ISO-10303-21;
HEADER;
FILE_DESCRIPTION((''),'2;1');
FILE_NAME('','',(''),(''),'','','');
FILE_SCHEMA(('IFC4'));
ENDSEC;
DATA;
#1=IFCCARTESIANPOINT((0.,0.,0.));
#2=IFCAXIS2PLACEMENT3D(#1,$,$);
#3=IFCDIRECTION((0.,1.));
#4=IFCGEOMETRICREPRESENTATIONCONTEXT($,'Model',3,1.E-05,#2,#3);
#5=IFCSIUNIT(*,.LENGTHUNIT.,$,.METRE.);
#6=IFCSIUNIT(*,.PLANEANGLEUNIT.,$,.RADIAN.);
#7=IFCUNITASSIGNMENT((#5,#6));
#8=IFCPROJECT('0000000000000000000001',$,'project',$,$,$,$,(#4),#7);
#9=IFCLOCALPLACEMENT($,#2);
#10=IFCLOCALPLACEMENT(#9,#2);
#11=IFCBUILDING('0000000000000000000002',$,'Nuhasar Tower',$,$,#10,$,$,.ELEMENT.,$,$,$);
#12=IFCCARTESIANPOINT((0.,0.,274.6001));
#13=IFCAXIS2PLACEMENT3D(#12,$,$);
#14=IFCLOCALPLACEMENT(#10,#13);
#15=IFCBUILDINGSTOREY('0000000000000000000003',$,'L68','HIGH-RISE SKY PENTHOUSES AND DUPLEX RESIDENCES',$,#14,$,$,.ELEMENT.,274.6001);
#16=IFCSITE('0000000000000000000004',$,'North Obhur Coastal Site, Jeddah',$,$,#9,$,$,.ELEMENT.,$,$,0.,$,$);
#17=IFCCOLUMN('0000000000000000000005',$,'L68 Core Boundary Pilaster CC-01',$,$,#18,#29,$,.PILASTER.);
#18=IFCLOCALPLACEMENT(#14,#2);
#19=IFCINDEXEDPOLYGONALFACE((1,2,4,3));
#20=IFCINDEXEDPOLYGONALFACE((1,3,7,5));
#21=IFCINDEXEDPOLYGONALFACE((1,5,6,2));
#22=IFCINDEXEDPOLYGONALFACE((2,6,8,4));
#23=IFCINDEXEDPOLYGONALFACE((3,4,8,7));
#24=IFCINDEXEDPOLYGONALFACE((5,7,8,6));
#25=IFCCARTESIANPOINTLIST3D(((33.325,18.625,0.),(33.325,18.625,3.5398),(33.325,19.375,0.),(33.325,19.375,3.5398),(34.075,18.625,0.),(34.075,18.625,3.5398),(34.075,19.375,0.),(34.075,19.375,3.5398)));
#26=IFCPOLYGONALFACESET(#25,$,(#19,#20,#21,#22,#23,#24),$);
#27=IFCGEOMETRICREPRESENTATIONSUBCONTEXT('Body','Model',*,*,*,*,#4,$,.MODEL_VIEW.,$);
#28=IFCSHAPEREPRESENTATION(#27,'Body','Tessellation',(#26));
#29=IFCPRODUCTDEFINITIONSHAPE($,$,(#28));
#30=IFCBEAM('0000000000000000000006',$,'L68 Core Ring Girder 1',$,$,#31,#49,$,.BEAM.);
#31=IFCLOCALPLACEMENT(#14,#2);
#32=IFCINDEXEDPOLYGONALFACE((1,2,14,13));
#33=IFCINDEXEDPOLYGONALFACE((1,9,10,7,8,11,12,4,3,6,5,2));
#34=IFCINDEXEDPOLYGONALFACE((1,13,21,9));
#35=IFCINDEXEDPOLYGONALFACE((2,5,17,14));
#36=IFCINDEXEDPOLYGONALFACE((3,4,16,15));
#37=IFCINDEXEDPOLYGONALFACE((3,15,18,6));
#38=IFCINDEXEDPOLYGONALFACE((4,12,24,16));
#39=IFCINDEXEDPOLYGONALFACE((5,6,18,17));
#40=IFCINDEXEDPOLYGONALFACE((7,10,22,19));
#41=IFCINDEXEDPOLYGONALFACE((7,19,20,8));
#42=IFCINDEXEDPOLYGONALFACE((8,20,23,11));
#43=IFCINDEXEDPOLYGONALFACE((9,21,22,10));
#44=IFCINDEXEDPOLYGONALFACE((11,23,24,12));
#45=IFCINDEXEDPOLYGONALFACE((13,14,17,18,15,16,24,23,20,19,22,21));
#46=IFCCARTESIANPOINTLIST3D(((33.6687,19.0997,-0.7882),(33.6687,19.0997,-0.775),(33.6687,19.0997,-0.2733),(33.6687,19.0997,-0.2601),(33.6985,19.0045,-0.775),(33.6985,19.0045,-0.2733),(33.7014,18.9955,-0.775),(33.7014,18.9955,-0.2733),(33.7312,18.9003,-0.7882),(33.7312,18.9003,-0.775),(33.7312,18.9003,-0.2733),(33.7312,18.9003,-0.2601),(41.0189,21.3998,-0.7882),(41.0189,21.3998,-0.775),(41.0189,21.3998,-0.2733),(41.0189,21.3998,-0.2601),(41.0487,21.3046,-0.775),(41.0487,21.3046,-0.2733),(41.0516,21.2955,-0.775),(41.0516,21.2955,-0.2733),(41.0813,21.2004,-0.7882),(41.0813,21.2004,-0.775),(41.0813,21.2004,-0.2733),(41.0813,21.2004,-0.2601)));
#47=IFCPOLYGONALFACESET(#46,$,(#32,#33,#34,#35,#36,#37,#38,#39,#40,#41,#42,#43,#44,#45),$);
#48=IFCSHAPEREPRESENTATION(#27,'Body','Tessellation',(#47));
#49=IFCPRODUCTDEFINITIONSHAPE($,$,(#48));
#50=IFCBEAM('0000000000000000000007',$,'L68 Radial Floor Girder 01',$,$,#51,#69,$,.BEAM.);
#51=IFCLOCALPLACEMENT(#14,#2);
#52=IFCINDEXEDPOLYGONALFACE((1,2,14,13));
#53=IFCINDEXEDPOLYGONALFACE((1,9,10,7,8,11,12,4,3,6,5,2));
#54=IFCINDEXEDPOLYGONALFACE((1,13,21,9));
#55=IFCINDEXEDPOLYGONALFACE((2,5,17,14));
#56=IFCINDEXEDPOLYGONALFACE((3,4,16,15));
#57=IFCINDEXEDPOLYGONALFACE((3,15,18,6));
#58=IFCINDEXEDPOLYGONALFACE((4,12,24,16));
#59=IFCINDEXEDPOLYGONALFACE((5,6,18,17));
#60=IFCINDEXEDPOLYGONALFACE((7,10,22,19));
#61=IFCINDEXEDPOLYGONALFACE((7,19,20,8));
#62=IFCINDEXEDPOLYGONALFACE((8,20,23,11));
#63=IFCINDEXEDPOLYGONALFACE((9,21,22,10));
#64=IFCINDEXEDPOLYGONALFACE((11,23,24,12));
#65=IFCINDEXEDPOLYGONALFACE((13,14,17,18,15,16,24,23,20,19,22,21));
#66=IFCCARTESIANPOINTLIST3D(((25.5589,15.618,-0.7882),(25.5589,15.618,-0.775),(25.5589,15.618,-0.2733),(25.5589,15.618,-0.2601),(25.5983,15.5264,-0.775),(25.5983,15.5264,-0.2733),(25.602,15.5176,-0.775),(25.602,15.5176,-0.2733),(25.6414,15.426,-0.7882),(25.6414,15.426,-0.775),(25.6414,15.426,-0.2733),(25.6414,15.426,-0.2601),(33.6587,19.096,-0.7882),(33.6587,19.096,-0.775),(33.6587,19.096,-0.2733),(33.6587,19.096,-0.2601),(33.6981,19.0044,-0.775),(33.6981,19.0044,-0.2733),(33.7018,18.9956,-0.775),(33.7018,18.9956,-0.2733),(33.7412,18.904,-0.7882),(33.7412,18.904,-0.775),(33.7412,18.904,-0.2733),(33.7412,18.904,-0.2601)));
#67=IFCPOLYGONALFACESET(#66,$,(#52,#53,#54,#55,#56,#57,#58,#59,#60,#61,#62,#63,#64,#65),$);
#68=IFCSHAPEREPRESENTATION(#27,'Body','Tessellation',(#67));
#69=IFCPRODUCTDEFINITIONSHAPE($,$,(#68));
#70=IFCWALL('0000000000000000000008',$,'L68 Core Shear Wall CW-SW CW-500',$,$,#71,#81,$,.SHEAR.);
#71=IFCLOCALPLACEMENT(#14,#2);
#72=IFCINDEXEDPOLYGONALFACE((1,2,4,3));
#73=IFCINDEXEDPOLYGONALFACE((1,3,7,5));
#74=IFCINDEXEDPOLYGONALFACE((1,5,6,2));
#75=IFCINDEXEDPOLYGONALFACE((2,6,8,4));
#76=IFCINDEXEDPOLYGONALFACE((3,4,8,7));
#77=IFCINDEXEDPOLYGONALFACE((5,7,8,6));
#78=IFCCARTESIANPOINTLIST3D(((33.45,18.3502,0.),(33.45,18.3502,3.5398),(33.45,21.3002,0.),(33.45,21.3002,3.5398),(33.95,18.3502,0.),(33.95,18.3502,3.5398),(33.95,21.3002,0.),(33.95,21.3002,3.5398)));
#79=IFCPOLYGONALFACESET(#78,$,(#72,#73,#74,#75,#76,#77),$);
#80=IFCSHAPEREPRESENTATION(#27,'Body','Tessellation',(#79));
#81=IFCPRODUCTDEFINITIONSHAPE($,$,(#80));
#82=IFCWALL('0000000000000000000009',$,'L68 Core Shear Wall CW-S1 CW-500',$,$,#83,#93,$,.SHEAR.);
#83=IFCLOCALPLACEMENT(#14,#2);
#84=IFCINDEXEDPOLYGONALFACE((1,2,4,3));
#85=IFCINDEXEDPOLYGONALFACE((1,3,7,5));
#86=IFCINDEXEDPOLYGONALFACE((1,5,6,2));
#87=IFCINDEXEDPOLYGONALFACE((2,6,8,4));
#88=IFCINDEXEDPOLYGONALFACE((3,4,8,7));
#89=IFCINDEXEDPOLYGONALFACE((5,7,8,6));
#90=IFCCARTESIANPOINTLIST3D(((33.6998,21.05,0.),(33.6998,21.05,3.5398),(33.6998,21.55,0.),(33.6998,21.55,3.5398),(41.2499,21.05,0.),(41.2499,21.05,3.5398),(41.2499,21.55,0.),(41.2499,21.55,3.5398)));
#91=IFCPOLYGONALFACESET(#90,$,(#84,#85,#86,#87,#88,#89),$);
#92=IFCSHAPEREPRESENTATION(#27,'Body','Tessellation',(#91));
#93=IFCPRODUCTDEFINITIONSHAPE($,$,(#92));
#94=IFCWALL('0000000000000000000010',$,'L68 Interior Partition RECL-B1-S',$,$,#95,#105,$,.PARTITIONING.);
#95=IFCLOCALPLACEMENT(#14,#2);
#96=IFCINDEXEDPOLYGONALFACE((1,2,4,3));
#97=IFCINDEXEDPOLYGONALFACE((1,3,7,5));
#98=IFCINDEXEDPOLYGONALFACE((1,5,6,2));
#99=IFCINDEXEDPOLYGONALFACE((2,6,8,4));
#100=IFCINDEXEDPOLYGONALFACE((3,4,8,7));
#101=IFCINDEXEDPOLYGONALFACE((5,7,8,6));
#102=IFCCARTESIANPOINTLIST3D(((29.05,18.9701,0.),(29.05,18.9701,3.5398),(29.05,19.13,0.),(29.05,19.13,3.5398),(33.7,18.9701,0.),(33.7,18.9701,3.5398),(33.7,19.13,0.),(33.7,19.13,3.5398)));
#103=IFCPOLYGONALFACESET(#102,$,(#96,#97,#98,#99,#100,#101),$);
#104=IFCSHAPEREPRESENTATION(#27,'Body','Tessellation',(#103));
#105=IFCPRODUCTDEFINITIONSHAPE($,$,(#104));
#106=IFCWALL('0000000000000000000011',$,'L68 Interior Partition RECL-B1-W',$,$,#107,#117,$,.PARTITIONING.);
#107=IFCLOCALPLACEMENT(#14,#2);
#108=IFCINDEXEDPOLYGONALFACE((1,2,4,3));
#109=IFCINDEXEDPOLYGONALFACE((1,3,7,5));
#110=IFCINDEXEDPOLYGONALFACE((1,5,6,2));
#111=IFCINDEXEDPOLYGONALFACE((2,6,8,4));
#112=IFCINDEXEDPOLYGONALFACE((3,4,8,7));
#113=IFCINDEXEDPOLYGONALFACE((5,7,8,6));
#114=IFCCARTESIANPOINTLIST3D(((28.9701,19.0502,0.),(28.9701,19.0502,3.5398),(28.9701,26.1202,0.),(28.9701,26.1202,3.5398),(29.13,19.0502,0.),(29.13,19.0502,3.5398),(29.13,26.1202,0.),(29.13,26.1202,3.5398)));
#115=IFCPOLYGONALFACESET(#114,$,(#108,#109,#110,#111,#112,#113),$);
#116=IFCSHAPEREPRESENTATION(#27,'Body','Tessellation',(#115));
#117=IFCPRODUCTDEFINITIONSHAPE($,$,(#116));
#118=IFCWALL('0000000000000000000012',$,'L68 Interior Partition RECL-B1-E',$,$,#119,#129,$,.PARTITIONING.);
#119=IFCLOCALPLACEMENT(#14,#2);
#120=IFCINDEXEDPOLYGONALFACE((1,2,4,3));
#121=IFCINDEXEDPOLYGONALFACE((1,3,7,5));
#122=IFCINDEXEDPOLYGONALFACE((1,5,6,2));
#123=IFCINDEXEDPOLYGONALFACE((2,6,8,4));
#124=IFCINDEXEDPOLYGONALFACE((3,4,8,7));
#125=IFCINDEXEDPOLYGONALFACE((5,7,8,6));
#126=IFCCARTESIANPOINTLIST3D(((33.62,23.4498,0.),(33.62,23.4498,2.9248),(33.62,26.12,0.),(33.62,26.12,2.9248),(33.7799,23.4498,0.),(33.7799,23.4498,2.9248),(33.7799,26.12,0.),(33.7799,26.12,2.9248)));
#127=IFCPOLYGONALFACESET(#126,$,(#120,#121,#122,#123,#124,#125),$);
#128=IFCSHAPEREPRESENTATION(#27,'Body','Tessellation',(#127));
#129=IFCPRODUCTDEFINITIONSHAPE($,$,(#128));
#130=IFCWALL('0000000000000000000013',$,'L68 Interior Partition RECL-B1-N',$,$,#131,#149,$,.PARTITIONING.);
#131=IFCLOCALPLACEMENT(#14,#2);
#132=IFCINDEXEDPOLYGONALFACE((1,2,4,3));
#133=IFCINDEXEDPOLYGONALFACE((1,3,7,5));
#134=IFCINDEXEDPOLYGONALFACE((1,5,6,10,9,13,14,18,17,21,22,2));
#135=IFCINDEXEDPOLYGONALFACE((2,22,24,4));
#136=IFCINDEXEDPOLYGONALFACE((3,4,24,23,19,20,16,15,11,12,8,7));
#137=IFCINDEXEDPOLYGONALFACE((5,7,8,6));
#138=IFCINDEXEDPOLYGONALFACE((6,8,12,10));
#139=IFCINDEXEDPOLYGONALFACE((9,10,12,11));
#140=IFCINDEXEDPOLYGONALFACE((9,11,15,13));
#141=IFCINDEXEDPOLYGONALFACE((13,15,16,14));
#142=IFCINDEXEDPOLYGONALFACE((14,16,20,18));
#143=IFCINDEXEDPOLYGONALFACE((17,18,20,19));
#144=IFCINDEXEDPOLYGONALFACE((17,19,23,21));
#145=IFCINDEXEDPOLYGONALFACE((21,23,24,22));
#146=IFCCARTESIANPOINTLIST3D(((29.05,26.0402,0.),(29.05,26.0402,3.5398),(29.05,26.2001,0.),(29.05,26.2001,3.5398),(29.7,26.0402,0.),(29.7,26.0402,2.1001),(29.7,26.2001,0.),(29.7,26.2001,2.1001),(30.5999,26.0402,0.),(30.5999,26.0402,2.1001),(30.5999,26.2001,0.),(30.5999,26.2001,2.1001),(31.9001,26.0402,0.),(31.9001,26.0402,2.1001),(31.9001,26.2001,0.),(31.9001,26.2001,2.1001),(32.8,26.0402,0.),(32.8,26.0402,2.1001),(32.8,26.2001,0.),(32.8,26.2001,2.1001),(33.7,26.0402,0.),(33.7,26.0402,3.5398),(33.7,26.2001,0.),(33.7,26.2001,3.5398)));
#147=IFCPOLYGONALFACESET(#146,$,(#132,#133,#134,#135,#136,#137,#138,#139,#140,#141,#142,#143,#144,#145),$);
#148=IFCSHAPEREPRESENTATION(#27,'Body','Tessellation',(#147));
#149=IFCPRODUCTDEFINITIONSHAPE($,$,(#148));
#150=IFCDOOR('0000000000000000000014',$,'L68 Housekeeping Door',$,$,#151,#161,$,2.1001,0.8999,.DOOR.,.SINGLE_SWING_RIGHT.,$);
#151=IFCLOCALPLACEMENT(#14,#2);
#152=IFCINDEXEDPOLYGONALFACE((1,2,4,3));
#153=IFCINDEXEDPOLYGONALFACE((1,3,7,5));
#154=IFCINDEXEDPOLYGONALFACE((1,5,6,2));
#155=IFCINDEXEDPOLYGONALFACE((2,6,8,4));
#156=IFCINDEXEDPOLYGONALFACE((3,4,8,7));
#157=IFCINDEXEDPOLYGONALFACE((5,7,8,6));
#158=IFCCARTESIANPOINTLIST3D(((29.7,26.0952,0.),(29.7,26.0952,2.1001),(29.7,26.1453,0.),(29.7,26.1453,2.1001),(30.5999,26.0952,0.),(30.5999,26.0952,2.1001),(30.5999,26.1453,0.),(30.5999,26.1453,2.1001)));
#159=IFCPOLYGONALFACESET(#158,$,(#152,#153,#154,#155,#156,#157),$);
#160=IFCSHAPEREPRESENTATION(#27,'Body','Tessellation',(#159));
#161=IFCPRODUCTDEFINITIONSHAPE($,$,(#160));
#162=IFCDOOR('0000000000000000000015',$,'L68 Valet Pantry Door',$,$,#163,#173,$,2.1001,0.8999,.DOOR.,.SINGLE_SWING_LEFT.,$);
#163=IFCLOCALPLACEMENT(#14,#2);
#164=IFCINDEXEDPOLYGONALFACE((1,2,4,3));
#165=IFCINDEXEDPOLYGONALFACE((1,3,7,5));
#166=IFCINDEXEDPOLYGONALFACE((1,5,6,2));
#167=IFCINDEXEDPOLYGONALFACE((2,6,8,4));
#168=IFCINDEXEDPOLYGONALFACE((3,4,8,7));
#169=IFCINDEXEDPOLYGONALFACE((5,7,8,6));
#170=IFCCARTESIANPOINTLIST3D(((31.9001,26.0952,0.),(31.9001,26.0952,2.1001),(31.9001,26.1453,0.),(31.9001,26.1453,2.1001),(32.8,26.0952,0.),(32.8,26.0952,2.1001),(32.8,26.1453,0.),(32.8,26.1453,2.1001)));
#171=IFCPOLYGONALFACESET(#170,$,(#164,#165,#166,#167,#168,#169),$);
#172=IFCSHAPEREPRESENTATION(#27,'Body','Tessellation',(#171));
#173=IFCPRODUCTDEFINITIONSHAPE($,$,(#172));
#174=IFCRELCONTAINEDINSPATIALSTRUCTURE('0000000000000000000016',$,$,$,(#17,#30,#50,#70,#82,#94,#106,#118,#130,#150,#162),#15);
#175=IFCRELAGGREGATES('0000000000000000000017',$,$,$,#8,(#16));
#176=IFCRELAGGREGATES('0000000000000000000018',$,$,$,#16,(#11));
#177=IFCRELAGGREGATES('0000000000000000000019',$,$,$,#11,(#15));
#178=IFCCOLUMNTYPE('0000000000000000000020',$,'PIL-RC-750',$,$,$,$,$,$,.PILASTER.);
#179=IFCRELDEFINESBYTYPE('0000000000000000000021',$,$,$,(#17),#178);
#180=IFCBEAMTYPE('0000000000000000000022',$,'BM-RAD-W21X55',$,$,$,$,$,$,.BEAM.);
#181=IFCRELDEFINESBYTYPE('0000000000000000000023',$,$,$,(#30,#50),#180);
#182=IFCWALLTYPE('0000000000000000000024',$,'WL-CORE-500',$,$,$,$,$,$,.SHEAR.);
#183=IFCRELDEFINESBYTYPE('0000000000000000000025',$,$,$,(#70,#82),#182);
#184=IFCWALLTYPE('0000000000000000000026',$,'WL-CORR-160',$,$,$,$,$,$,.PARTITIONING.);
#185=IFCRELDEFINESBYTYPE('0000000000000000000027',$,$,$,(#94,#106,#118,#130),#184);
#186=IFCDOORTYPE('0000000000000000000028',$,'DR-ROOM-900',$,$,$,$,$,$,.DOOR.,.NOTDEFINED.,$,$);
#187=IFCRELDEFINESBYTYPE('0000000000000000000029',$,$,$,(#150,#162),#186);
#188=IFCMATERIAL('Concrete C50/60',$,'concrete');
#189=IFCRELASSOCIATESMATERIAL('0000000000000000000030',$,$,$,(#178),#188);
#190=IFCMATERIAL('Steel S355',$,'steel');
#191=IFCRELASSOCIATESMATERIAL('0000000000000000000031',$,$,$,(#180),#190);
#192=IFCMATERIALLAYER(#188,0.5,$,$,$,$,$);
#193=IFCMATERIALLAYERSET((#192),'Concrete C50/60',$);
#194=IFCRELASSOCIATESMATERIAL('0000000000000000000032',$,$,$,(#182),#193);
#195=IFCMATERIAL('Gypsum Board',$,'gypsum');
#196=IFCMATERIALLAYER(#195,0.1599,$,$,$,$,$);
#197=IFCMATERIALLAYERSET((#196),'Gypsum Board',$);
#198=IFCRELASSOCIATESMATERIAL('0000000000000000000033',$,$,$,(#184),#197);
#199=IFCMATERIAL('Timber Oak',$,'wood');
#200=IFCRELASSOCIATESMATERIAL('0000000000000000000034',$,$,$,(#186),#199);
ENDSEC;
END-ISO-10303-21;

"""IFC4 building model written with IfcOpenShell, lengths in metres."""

from ifc_helpers import new_model, si_unit, direction, frame, frame_2d, origin, origin_2d, place, context, subcontext, project, spatial, rectangle, i_section, extrude, material, layer, layer_set, material_profile, profile_set, type_object, element, fill, save


model = new_model("IFC4")

# Units and contexts
model_context = context("Model", 3, precision=1e-05, world=origin(), true_north=direction((0.0, 1.0)))
body_context = subcontext(model_context, "Body", "Model", "MODEL_VIEW")
ifc_project = project(units=[si_unit("LENGTHUNIT", "METRE"), si_unit("PLANEANGLEUNIT", "RADIAN")], contexts=[model_context])

# Site, building, storey
site_placement = place(None, origin())
site = spatial("IfcSite", under=ifc_project, at=site_placement, Name="North Obhur Coastal Site, Jeddah", CompositionType="ELEMENT", RefElevation=0.0)
building_placement = place(site_placement, origin())
building = spatial("IfcBuilding", under=site, at=building_placement, Name="Nuhasar Tower", CompositionType="ELEMENT")
storey_placement = place(building_placement, frame((0.0, 0.0, 274.6001)))
storey = spatial("IfcBuildingStorey", under=building, at=storey_placement, Name="L68", Description="HIGH-RISE SKY PENTHOUSES AND DUPLEX RESIDENCES", CompositionType="ELEMENT", Elevation=274.6001)

# Column
ifc_material_1 = material(Name="Concrete C50/60", Category="concrete")
ifc_material_profile_1 = material_profile(ifc_material_1, rectangle(XDim=0.75, YDim=0.75, at=origin_2d()), Name="RC750X750")
ifc_profile_set_1 = profile_set([ifc_material_profile_1], Name="Concrete C50/60")
column_type = type_object("IfcColumnType", Name="PIL-RC-750", PredefinedType="PILASTER", material=ifc_profile_set_1)
column_placement = place(storey_placement, frame((33.7, 19.0, 0.0), z_axis=(0.0, 0.0, 1.0), x_axis=(1.0, 0.0, 0.0)))
element("IfcColumn", 1, at=column_placement, inside=storey, type_object=column_type, Name="L68 Core Boundary Pilaster CC-01", PredefinedType="PILASTER", context=body_context, shape_type="SweptSolid", body=[
    extrude(rectangle(XDim=0.75, YDim=0.75, at=origin_2d()), origin(), (0.0, 0.0, 1.0), 3.5398),
])

# Beams
ifc_material_2 = material(Name="Steel S355", Category="steel")
ifc_material_profile_2 = material_profile(ifc_material_2, i_section(OverallWidth=0.209, OverallDepth=0.5281, WebThickness=0.0095, FlangeThickness=0.0132, at=origin_2d()), Name="W21X55")
ifc_profile_set_2 = profile_set([ifc_material_profile_2], Name="Steel S355")
beam_type = type_object("IfcBeamType", Name="BM-RAD-W21X55", PredefinedType="BEAM", material=ifc_profile_set_2)
beam_1_placement = place(storey_placement, frame((33.7, 19.0, -0.5242), z_axis=(0.954364, 0.298647, 0.0), x_axis=(-0.298647, 0.954364, 0.0)))
element("IfcBeam", 2, at=beam_1_placement, inside=storey, type_object=beam_type, Name="L68 Core Ring Girder 1", PredefinedType="BEAM", context=body_context, shape_type="SweptSolid", body=[
    extrude(i_section(OverallWidth=0.209, OverallDepth=0.5281, WebThickness=0.0095, FlangeThickness=0.0132, at=origin_2d()), origin(), (0.0, 0.0, 1.0), 7.7017),
])
beam_2_placement = place(storey_placement, frame((33.7, 19.0, -0.5242), z_axis=(-0.918871, -0.394558, 0.0), x_axis=(0.394558, -0.918871, 0.0)))
element("IfcBeam", 3, at=beam_2_placement, inside=storey, type_object=beam_type, Name="L68 Radial Floor Girder 01", PredefinedType="BEAM", context=body_context, shape_type="SweptSolid", body=[
    extrude(i_section(OverallWidth=0.209, OverallDepth=0.5281, WebThickness=0.0095, FlangeThickness=0.0132, at=origin_2d()), origin(), (0.0, 0.0, 1.0), 8.8149),
])

# Walls
ifc_layer_1 = layer(ifc_material_1, 0.5)
ifc_layer_set_1 = layer_set([ifc_layer_1], Name="Concrete C50/60")
wall_type_1 = type_object("IfcWallType", Name="WL-CORE-500", PredefinedType="SHEAR", material=ifc_layer_set_1)
wall_1_placement = place(storey_placement, frame((33.7, 18.3501, 0.0), z_axis=(0.0, 0.0, 1.0), x_axis=(0.0, 1.0, 0.0)))
element("IfcWall", 4, at=wall_1_placement, inside=storey, type_object=wall_type_1, Name="L68 Core Shear Wall CW-SW CW-500", PredefinedType="SHEAR", context=body_context, shape_type="SweptSolid", body=[
    extrude(rectangle(XDim=2.95, YDim=0.5, at=frame_2d((1.4751, 0.0))), origin(), (0.0, 0.0, 1.0), 3.5398),
])
wall_2_placement = place(storey_placement, frame((33.7, 21.3, 0.0), z_axis=(0.0, 0.0, 1.0), x_axis=(1.0, 0.0, 0.0)))
element("IfcWall", 5, at=wall_2_placement, inside=storey, type_object=wall_type_1, Name="L68 Core Shear Wall CW-S1 CW-500", PredefinedType="SHEAR", context=body_context, shape_type="SweptSolid", body=[
    extrude(rectangle(XDim=7.55, YDim=0.5, at=frame_2d((3.7749, 0.0))), origin(), (0.0, 0.0, 1.0), 3.5398),
])
ifc_material_3 = material(Name="Gypsum Board", Category="gypsum")
ifc_layer_2 = layer(ifc_material_3, 0.1599)
ifc_layer_set_2 = layer_set([ifc_layer_2], Name="Gypsum Board")
wall_type_2 = type_object("IfcWallType", Name="WL-CORR-160", PredefinedType="PARTITIONING", material=ifc_layer_set_2)
wall_3_placement = place(storey_placement, frame((29.05, 19.05, 0.0), z_axis=(0.0, 0.0, 1.0), x_axis=(1.0, 0.0, 0.0)))
element("IfcWall", 6, at=wall_3_placement, inside=storey, type_object=wall_type_2, Name="L68 Interior Partition RECL-B1-S", PredefinedType="PARTITIONING", context=body_context, shape_type="SweptSolid", body=[
    extrude(rectangle(XDim=4.6499, YDim=0.1599, at=frame_2d((2.325, 0.0))), origin(), (0.0, 0.0, 1.0), 3.5398),
])
wall_4_placement = place(storey_placement, frame((29.05, 19.05, 0.0), z_axis=(0.0, 0.0, 1.0), x_axis=(0.0, 1.0, 0.0)))
element("IfcWall", 7, at=wall_4_placement, inside=storey, type_object=wall_type_2, Name="L68 Interior Partition RECL-B1-W", PredefinedType="PARTITIONING", context=body_context, shape_type="SweptSolid", body=[
    extrude(rectangle(XDim=7.0701, YDim=0.1599, at=frame_2d((3.5352, 0.0))), origin(), (0.0, 0.0, 1.0), 3.5398),
])
wall_5_placement = place(storey_placement, frame((33.7, 23.45, 0.0), z_axis=(0.0, 0.0, 1.0), x_axis=(0.0, 1.0, 0.0)))
element("IfcWall", 8, at=wall_5_placement, inside=storey, type_object=wall_type_2, Name="L68 Interior Partition RECL-B1-E", PredefinedType="PARTITIONING", context=body_context, shape_type="SweptSolid", body=[
    extrude(rectangle(XDim=2.6702, YDim=0.1599, at=frame_2d((1.335, 0.0))), origin(), (0.0, 0.0, 1.0), 2.9248),
])

# Wall, openings, doors
wall_6_placement = place(storey_placement, frame((33.7, 26.1201, 0.0), z_axis=(0.0, 0.0, 1.0), x_axis=(-1.0, 0.0, 0.0)))
wall_6 = element("IfcWall", 9, at=wall_6_placement, inside=storey, type_object=wall_type_2, Name="L68 Interior Partition RECL-B1-N", PredefinedType="PARTITIONING", context=body_context, shape_type="SweptSolid", body=[
    extrude(rectangle(XDim=4.6499, YDim=0.1599, at=frame_2d((2.325, 0.0))), origin(), (0.0, 0.0, 1.0), 3.5398),
])
opening_1_placement = place(wall_6_placement, frame((3.1001, 0.0, 0.0)))
opening_1 = element("IfcOpeningElement", 10, at=opening_1_placement, cuts=wall_6, PredefinedType="OPENING", context=body_context, shape_type="SweptSolid", body=[
    extrude(rectangle(XDim=0.8999, YDim=2.1001, at=frame_2d((0.45, 1.05))), frame((0.0, 0.0898, 0.0), z_axis=(0.0, -1.0, 0.0), x_axis=(1.0, 0.0, 0.0)), (0.0, 0.0, 1.0), 0.1799),
])
opening_2_placement = place(wall_6_placement, frame((0.8999, 0.0, 0.0)))
opening_2 = element("IfcOpeningElement", 11, at=opening_2_placement, cuts=wall_6, PredefinedType="OPENING", context=body_context, shape_type="SweptSolid", body=[
    extrude(rectangle(XDim=0.8999, YDim=2.1001, at=frame_2d((0.45, 1.05))), frame((0.0, 0.0898, 0.0), z_axis=(0.0, -1.0, 0.0), x_axis=(1.0, 0.0, 0.0)), (0.0, 0.0, 1.0), 0.1799),
])
ifc_material_4 = material(Name="Timber Oak", Category="wood")
door_type_1 = type_object("IfcDoorType", Name="DR-ROOM-900", OperationType="NOTDEFINED", PredefinedType="DOOR", material=ifc_material_4)
door_1_placement = place(opening_1_placement, origin())
door_1 = element("IfcDoor", 12, at=door_1_placement, inside=storey, type_object=door_type_1, Name="L68 Housekeeping Door", OperationType="SINGLE_SWING_RIGHT", OverallHeight=2.1001, OverallWidth=0.8999, PredefinedType="DOOR", context=body_context, shape_type="SweptSolid", body=[
    extrude(rectangle(XDim=0.8999, YDim=2.1001, at=frame_2d((0.45, 1.05))), frame((0.0, 0.0249, 0.0), z_axis=(0.0, -1.0, 0.0), x_axis=(1.0, 0.0, 0.0)), (0.0, 0.0, 1.0), 0.05),
])
fill(opening_1, door_1)
door_2_placement = place(opening_2_placement, origin())
door_2 = element("IfcDoor", 13, at=door_2_placement, inside=storey, type_object=door_type_1, Name="L68 Valet Pantry Door", OperationType="SINGLE_SWING_LEFT", OverallHeight=2.1001, OverallWidth=0.8999, PredefinedType="DOOR", context=body_context, shape_type="SweptSolid", body=[
    extrude(rectangle(XDim=0.8999, YDim=2.1001, at=frame_2d((0.45, 1.05))), frame((0.0, 0.0249, 0.0), z_axis=(0.0, -1.0, 0.0), x_axis=(1.0, 0.0, 0.0)), (0.0, 0.0, 1.0), 0.05),
])
fill(opening_2, door_2)

save(model, "model.ifc")
